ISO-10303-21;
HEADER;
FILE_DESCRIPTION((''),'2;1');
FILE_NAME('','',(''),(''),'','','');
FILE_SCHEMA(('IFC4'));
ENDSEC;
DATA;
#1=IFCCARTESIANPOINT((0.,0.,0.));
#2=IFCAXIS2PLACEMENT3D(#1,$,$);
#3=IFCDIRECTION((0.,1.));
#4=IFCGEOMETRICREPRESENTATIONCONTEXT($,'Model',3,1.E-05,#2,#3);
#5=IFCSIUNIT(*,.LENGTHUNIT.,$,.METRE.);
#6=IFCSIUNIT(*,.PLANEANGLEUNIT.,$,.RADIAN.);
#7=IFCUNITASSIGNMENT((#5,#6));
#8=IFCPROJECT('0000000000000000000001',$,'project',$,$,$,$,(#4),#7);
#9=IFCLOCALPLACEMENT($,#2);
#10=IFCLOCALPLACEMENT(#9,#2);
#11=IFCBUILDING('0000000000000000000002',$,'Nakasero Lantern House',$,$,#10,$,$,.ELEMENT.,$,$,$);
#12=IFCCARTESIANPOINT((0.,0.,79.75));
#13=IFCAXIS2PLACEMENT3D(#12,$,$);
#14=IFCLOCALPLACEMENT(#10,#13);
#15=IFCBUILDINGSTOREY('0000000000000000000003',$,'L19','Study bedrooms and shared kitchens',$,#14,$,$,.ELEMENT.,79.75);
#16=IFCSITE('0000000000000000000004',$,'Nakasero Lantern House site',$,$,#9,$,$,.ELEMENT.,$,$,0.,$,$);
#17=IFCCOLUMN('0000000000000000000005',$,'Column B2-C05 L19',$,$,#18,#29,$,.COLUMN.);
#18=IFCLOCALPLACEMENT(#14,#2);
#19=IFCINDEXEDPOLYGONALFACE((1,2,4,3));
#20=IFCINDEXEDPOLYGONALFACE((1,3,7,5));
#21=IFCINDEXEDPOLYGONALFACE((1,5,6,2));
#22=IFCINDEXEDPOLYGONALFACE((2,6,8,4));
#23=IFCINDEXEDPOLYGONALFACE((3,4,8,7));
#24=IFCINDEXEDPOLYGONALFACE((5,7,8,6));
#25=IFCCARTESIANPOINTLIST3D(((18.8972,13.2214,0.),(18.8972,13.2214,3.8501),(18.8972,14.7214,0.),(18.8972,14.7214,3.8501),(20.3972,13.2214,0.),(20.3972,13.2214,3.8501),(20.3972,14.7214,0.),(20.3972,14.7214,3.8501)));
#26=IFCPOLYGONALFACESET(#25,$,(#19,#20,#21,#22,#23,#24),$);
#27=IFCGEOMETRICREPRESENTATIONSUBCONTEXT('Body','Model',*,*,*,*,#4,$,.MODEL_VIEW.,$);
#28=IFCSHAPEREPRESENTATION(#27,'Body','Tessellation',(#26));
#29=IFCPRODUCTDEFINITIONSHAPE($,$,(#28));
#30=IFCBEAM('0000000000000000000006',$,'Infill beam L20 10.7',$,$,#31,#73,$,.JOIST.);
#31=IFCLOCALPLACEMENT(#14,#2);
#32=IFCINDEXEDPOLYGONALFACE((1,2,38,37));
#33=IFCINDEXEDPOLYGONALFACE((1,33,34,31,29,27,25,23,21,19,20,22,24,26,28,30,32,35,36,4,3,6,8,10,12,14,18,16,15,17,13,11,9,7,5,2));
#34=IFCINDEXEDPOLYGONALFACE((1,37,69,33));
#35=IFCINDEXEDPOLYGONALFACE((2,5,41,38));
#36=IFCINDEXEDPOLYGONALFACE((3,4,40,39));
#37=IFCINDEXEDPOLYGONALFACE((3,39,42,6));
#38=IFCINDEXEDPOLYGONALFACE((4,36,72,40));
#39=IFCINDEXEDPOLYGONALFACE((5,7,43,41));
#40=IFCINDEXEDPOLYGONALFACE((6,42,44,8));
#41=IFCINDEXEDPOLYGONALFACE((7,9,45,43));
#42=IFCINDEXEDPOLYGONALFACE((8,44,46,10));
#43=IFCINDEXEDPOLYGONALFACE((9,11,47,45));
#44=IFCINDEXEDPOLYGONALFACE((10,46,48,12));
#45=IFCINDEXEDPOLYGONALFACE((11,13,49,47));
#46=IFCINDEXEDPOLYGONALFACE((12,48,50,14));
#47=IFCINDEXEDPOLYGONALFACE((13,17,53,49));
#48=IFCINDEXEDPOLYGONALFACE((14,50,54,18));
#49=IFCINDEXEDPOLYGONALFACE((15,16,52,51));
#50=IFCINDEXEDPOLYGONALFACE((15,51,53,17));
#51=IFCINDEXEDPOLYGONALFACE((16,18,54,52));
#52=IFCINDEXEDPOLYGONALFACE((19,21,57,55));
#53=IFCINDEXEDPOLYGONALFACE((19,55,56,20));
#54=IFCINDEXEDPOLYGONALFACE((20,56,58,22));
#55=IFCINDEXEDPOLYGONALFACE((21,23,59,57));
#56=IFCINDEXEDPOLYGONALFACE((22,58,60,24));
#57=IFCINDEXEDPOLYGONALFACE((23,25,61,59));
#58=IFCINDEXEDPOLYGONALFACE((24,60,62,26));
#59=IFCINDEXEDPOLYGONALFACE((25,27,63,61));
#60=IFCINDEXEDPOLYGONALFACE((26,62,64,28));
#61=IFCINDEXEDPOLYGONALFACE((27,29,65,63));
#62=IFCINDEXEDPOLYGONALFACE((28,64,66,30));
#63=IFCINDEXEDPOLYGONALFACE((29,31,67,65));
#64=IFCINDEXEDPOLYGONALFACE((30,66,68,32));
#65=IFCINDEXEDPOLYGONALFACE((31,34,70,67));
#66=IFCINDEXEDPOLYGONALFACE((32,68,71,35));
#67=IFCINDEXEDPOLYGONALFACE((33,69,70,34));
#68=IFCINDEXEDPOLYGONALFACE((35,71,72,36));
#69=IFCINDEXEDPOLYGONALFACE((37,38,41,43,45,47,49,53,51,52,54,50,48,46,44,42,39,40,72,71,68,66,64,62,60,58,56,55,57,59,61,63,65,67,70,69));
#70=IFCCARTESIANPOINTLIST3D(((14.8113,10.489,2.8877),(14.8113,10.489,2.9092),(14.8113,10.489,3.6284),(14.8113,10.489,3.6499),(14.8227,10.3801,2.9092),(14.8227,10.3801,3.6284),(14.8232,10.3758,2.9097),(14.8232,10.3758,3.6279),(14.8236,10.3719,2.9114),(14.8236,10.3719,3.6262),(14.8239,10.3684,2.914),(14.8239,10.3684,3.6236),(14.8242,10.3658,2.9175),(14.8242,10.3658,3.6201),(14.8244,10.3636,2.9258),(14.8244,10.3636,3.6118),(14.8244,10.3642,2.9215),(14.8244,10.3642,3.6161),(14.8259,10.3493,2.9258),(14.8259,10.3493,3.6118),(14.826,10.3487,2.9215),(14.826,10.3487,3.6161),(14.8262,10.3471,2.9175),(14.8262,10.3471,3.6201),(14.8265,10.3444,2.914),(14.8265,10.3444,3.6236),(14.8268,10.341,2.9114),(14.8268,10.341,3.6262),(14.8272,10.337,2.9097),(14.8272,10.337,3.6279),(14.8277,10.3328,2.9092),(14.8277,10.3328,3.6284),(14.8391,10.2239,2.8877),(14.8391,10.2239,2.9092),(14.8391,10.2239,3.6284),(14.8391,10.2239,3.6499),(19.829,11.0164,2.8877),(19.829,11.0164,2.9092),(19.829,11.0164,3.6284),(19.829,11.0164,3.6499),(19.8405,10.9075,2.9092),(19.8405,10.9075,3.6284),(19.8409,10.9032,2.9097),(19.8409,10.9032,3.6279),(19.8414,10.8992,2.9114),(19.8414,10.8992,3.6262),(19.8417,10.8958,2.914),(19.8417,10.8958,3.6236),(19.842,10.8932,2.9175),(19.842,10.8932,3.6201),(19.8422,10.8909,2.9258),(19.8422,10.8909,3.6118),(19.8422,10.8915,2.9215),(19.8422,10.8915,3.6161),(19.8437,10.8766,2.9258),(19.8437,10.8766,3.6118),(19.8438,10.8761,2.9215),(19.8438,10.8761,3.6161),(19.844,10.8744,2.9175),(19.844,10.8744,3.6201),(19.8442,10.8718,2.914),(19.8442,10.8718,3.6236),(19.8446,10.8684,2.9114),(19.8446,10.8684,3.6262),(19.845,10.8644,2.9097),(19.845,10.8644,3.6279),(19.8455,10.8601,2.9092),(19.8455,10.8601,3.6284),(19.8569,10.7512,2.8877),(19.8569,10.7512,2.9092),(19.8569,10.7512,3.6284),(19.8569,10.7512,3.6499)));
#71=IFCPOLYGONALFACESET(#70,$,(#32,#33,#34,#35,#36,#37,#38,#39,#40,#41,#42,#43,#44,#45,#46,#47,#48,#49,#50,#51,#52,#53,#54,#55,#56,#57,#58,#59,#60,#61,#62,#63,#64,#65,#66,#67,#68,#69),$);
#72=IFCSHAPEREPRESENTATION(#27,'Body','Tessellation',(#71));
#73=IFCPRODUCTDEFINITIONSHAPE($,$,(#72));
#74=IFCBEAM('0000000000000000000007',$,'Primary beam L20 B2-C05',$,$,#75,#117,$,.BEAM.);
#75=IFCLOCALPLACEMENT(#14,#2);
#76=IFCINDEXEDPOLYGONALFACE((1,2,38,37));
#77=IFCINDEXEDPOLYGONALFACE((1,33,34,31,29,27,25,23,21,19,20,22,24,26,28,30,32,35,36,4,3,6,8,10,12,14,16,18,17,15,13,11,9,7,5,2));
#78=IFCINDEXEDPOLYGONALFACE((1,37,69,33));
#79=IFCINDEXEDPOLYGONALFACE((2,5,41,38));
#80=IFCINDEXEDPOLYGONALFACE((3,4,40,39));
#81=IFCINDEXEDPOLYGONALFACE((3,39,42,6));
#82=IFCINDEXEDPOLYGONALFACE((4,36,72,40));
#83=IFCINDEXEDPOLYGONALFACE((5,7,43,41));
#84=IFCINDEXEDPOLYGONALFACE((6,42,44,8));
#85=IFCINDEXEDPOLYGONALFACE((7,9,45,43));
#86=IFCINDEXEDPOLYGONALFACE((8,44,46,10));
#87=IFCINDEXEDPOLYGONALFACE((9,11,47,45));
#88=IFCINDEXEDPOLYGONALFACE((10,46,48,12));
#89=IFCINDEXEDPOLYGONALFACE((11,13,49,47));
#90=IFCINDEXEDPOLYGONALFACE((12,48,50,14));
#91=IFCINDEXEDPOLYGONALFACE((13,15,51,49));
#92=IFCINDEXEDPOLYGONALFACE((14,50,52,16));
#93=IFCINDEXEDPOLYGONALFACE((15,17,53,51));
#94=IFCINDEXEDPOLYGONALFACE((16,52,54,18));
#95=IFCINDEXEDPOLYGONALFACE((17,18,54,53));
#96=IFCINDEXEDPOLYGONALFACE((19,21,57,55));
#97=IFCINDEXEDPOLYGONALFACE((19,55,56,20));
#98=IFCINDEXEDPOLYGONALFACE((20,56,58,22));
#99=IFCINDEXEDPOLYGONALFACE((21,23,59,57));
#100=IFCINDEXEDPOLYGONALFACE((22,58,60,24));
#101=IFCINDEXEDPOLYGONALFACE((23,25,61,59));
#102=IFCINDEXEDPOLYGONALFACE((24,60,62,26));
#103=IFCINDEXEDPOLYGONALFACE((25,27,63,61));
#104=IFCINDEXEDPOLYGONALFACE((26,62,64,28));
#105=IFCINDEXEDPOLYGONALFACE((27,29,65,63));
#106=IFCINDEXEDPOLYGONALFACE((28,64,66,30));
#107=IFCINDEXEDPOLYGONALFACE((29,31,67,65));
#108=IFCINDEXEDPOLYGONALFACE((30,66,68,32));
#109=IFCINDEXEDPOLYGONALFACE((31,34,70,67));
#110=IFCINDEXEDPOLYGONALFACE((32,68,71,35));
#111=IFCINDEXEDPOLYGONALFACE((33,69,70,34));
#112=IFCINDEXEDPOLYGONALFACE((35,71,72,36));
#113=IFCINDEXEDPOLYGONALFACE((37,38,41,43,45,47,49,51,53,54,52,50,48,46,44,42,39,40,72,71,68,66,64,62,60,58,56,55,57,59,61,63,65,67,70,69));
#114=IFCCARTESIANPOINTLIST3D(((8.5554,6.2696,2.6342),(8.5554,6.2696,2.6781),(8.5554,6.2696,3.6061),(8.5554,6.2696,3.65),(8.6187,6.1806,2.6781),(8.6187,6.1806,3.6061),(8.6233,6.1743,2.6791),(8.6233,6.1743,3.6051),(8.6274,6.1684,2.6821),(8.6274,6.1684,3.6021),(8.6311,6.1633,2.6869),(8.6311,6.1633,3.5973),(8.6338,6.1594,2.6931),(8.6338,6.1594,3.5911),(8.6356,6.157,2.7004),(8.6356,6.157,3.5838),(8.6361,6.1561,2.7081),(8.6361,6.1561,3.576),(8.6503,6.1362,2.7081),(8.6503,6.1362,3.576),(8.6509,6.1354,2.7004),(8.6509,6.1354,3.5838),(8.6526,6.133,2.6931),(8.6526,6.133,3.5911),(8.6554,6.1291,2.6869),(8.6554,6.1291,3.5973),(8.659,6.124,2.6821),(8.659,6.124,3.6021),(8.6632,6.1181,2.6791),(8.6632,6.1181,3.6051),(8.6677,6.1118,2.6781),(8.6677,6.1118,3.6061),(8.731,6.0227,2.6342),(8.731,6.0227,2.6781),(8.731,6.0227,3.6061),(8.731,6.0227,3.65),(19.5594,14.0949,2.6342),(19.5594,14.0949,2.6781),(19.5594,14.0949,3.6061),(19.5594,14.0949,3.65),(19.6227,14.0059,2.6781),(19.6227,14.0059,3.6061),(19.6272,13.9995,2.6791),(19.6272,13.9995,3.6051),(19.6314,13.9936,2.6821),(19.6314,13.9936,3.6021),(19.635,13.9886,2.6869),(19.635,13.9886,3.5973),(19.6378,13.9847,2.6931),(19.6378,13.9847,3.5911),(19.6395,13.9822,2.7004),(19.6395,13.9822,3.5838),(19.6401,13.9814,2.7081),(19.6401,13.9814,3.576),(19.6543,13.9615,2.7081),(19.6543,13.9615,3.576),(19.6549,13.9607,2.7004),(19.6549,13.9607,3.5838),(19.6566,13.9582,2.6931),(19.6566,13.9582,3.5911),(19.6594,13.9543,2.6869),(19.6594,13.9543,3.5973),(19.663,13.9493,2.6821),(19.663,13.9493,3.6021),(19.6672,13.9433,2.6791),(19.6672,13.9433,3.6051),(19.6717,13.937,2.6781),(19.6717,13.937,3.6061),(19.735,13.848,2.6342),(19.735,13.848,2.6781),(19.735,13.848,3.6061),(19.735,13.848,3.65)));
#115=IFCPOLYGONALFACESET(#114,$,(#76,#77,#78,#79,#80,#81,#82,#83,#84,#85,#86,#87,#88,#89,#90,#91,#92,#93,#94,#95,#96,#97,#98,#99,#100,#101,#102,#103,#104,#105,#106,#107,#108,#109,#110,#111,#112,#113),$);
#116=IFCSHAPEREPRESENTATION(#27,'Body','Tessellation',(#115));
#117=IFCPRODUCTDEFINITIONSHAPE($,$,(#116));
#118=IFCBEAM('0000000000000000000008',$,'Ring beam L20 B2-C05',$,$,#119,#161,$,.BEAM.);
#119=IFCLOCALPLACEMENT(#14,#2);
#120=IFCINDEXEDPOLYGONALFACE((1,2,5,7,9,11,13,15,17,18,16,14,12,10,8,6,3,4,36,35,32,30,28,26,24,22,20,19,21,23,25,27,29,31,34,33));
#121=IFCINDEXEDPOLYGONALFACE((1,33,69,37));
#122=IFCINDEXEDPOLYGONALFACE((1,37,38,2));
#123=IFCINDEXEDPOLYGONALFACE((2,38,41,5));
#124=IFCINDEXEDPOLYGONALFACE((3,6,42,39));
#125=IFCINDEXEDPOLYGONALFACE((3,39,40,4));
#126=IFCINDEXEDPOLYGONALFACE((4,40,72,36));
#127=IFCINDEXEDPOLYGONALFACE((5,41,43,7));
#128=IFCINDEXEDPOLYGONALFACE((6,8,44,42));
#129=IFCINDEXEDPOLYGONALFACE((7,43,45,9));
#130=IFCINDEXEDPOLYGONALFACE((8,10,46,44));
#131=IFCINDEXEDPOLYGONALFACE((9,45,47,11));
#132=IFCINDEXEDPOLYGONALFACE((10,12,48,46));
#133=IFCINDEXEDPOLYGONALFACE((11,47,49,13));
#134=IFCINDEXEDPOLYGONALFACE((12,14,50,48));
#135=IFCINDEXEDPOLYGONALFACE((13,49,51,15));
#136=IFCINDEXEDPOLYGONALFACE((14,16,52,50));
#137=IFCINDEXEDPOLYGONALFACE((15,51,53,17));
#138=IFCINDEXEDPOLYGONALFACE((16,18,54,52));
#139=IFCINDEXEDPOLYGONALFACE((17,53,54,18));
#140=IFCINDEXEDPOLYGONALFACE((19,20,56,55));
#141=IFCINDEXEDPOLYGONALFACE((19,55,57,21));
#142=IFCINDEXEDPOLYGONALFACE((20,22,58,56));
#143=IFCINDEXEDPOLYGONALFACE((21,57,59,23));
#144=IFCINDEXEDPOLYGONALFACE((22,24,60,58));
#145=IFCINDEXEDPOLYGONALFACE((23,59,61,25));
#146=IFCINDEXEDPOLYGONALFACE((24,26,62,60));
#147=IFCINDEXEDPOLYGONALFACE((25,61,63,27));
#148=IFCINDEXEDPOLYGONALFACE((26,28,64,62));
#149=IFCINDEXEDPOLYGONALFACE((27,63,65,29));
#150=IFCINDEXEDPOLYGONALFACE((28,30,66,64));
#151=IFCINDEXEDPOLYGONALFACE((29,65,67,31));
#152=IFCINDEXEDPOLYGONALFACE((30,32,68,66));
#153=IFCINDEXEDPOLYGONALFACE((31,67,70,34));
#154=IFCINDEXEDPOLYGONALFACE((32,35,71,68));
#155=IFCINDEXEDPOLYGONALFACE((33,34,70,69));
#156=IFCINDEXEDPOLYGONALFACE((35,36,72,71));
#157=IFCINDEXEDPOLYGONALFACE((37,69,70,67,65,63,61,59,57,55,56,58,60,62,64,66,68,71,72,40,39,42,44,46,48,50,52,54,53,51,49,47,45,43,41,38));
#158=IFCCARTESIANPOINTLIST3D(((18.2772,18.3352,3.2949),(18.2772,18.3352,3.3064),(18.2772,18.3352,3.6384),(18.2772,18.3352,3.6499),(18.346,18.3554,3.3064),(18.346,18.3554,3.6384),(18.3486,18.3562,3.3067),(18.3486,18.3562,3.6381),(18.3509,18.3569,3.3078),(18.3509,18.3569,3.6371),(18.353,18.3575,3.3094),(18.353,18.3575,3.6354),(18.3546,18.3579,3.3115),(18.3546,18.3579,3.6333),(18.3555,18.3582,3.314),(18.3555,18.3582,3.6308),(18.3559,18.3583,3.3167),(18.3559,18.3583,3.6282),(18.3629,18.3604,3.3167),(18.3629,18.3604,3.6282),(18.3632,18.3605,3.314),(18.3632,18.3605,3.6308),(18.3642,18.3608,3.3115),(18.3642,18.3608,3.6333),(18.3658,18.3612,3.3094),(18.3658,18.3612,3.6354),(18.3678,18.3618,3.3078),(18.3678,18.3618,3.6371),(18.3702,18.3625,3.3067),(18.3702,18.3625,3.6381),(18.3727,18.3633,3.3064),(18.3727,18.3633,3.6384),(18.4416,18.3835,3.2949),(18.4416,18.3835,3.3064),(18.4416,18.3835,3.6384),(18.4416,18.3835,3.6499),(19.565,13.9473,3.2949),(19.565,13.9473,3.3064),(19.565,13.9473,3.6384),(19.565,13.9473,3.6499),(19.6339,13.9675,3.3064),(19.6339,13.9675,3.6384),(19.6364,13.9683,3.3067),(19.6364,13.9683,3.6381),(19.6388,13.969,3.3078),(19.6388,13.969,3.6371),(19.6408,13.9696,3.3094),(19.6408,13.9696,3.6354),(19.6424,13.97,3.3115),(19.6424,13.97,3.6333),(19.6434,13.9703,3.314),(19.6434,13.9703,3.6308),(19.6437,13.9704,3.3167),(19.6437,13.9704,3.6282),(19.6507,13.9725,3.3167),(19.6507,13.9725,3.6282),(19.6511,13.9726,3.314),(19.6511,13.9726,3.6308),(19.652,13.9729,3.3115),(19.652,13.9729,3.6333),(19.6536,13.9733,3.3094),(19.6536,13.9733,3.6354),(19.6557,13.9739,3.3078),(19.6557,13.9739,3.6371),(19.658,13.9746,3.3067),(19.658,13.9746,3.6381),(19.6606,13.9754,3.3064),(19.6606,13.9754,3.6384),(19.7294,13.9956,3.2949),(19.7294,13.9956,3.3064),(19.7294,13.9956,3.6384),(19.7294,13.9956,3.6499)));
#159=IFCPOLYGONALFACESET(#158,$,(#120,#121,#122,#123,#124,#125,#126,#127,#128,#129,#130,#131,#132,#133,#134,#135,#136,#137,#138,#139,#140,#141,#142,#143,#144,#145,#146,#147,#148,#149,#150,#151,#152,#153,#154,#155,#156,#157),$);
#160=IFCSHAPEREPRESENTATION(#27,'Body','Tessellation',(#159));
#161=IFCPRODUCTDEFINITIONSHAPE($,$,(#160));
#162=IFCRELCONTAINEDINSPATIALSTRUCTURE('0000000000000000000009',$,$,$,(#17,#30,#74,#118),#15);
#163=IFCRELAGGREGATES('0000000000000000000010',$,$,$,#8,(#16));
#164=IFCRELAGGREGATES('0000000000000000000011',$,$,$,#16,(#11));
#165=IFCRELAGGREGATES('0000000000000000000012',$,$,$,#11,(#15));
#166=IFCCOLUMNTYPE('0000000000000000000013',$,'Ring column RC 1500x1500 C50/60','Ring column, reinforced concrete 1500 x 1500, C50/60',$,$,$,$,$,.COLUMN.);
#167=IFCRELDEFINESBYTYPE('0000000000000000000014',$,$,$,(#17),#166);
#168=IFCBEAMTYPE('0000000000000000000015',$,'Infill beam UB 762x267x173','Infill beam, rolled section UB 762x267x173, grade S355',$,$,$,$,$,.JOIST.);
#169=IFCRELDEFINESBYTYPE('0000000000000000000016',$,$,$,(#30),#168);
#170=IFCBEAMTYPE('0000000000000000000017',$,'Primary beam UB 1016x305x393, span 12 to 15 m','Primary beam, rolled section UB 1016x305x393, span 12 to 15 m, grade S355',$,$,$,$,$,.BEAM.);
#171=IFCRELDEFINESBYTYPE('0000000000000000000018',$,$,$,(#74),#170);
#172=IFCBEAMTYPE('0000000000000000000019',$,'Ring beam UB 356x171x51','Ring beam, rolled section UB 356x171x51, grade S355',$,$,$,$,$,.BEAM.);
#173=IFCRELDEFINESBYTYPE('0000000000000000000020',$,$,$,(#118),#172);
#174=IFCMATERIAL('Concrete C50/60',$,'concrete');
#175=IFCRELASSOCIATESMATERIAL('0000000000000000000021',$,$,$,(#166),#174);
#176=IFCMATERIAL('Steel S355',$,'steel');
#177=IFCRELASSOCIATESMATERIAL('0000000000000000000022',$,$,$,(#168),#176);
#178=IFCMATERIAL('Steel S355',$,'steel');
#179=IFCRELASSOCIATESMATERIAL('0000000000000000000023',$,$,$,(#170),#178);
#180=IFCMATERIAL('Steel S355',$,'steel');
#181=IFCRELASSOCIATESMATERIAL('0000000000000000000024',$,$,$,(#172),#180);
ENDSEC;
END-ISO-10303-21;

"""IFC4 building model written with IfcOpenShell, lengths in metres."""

from ifc_helpers import new_model, si_unit, direction, frame, origin, origin_2d, place, context, subcontext, project, spatial, rectangle, i_section, extrude, material, material_profile, profile_set, type_object, element, save


model = new_model("IFC4")

# Units and contexts
model_context = context("Model", 3, precision=1e-05, world=origin(), true_north=direction((0.0, 1.0)))
body_context = subcontext(model_context, "Body", "Model", "MODEL_VIEW")
ifc_project = project(units=[si_unit("LENGTHUNIT", "METRE"), si_unit("PLANEANGLEUNIT", "RADIAN")], contexts=[model_context])

# Site, building, storey
site_placement = place(None, origin())
site = spatial("IfcSite", under=ifc_project, at=site_placement, Name="Nakasero Lantern House site", CompositionType="ELEMENT", RefElevation=0.0)
building_placement = place(site_placement, origin())
building = spatial("IfcBuilding", under=site, at=building_placement, Name="Nakasero Lantern House", CompositionType="ELEMENT")
storey_placement = place(building_placement, frame((0.0, 0.0, 79.75)))
storey = spatial("IfcBuildingStorey", under=building, at=storey_placement, Name="L19", Description="Study bedrooms and shared kitchens", CompositionType="ELEMENT", Elevation=79.75)

# Column
ifc_material_1 = material(Name="Concrete C50/60", Category="concrete")
ifc_material_profile_1 = material_profile(ifc_material_1, rectangle(XDim=1.5, YDim=1.5, at=origin_2d()), Name="RC 1500x1500")
ifc_profile_set_1 = profile_set([ifc_material_profile_1], Name="Concrete C50/60")
column_type = type_object("IfcColumnType", Name="Ring column RC 1500x1500 C50/60", Description="Ring column, reinforced concrete 1500 x 1500, C50/60", PredefinedType="COLUMN", material=ifc_profile_set_1)
column_placement = place(storey_placement, frame((19.6472, 13.9714, 0.0), z_axis=(0.0, 0.0, 1.0), x_axis=(1.0, 0.0, 0.0)))
element("IfcColumn", 1, at=column_placement, inside=storey, type_object=column_type, Name="Column B2-C05 L19", PredefinedType="COLUMN", context=body_context, shape_type="SweptSolid", body=[
    extrude(rectangle(XDim=1.5, YDim=1.5, at=origin_2d()), origin(), (0.0, 0.0, 1.0), 3.8501),
])

# Beams
ifc_material_2 = material(Name="Steel S355", Category="steel")
ifc_material_profile_2 = material_profile(ifc_material_2, i_section(OverallWidth=0.2666, OverallDepth=0.7622, WebThickness=0.0144, FlangeThickness=0.0215, FilletRadius=0.0166, at=origin_2d()), Name="UB 762x267x173")
ifc_profile_set_2 = profile_set([ifc_material_profile_2], Name="Steel S355")
beam_type_1 = type_object("IfcBeamType", Name="Infill beam UB 762x267x173", Description="Infill beam, rolled section UB 762x267x173, grade S355", PredefinedType="JOIST", material=ifc_profile_set_2)
beam_1_placement = place(storey_placement, frame((14.8252, 10.3564, 3.2688), z_axis=(0.994523, 0.104519, 0.0), x_axis=(-0.104519, 0.994523, 0.0)))
element("IfcBeam", 2, at=beam_1_placement, inside=storey, type_object=beam_type_1, Name="Infill beam L20 10.7", PredefinedType="JOIST", context=body_context, shape_type="SweptSolid", body=[
    extrude(i_section(OverallWidth=0.2666, OverallDepth=0.7622, WebThickness=0.0144, FlangeThickness=0.0215, FilletRadius=0.0166, at=origin_2d()), origin(), (0.0, 0.0, 1.0), 5.0454),
])
ifc_material_3 = material(Name="Steel S355", Category="steel")
ifc_material_profile_3 = material_profile(ifc_material_3, i_section(OverallWidth=0.303, OverallDepth=1.0159, WebThickness=0.0244, FlangeThickness=0.0439, FilletRadius=0.03, at=origin_2d()), Name="UB 1016x305x393")
ifc_profile_set_3 = profile_set([ifc_material_profile_3], Name="Steel S355")
beam_type_2 = type_object("IfcBeamType", Name="Primary beam UB 1016x305x393, span 12 to 15 m", Description="Primary beam, rolled section UB 1016x305x393, span 12 to 15 m, grade S355", PredefinedType="BEAM", material=ifc_profile_set_3)
beam_2_placement = place(storey_placement, frame((19.6472, 13.9714, 3.1421), z_axis=(-0.814948, -0.579533, 0.0), x_axis=(0.579533, -0.814948, 0.0)))
element("IfcBeam", 3, at=beam_2_placement, inside=storey, type_object=beam_type_2, Name="Primary beam L20 B2-C05", PredefinedType="BEAM", context=body_context, shape_type="SweptSolid", body=[
    extrude(i_section(OverallWidth=0.303, OverallDepth=1.0159, WebThickness=0.0244, FlangeThickness=0.0439, FilletRadius=0.03, at=origin_2d()), origin(), (0.0, 0.0, 1.0), 13.5027),
])
ifc_material_4 = material(Name="Steel S355", Category="steel")
ifc_material_profile_4 = material_profile(ifc_material_4, i_section(OverallWidth=0.1714, OverallDepth=0.355, WebThickness=0.0073, FlangeThickness=0.0115, FilletRadius=0.0103, at=origin_2d()), Name="UB 356x171x51")
ifc_profile_set_4 = profile_set([ifc_material_profile_4], Name="Steel S355")
beam_type_3 = type_object("IfcBeamType", Name="Ring beam UB 356x171x51", Description="Ring beam, rolled section UB 356x171x51, grade S355", PredefinedType="BEAM", material=ifc_profile_set_4)
beam_3_placement = place(storey_placement, frame((19.6472, 13.9714, 3.4724), z_axis=(-0.281617, 0.959527, 0.0), x_axis=(-0.959527, -0.281617, 0.0)))
element("IfcBeam", 4, at=beam_3_placement, inside=storey, type_object=beam_type_3, Name="Ring beam L20 B2-C05", PredefinedType="BEAM", context=body_context, shape_type="SweptSolid", body=[
    extrude(i_section(OverallWidth=0.1714, OverallDepth=0.355, WebThickness=0.0073, FlangeThickness=0.0115, FilletRadius=0.0103, at=origin_2d()), origin(), (0.0, 0.0, 1.0), 4.573),
])

save(model, "model.ifc")
